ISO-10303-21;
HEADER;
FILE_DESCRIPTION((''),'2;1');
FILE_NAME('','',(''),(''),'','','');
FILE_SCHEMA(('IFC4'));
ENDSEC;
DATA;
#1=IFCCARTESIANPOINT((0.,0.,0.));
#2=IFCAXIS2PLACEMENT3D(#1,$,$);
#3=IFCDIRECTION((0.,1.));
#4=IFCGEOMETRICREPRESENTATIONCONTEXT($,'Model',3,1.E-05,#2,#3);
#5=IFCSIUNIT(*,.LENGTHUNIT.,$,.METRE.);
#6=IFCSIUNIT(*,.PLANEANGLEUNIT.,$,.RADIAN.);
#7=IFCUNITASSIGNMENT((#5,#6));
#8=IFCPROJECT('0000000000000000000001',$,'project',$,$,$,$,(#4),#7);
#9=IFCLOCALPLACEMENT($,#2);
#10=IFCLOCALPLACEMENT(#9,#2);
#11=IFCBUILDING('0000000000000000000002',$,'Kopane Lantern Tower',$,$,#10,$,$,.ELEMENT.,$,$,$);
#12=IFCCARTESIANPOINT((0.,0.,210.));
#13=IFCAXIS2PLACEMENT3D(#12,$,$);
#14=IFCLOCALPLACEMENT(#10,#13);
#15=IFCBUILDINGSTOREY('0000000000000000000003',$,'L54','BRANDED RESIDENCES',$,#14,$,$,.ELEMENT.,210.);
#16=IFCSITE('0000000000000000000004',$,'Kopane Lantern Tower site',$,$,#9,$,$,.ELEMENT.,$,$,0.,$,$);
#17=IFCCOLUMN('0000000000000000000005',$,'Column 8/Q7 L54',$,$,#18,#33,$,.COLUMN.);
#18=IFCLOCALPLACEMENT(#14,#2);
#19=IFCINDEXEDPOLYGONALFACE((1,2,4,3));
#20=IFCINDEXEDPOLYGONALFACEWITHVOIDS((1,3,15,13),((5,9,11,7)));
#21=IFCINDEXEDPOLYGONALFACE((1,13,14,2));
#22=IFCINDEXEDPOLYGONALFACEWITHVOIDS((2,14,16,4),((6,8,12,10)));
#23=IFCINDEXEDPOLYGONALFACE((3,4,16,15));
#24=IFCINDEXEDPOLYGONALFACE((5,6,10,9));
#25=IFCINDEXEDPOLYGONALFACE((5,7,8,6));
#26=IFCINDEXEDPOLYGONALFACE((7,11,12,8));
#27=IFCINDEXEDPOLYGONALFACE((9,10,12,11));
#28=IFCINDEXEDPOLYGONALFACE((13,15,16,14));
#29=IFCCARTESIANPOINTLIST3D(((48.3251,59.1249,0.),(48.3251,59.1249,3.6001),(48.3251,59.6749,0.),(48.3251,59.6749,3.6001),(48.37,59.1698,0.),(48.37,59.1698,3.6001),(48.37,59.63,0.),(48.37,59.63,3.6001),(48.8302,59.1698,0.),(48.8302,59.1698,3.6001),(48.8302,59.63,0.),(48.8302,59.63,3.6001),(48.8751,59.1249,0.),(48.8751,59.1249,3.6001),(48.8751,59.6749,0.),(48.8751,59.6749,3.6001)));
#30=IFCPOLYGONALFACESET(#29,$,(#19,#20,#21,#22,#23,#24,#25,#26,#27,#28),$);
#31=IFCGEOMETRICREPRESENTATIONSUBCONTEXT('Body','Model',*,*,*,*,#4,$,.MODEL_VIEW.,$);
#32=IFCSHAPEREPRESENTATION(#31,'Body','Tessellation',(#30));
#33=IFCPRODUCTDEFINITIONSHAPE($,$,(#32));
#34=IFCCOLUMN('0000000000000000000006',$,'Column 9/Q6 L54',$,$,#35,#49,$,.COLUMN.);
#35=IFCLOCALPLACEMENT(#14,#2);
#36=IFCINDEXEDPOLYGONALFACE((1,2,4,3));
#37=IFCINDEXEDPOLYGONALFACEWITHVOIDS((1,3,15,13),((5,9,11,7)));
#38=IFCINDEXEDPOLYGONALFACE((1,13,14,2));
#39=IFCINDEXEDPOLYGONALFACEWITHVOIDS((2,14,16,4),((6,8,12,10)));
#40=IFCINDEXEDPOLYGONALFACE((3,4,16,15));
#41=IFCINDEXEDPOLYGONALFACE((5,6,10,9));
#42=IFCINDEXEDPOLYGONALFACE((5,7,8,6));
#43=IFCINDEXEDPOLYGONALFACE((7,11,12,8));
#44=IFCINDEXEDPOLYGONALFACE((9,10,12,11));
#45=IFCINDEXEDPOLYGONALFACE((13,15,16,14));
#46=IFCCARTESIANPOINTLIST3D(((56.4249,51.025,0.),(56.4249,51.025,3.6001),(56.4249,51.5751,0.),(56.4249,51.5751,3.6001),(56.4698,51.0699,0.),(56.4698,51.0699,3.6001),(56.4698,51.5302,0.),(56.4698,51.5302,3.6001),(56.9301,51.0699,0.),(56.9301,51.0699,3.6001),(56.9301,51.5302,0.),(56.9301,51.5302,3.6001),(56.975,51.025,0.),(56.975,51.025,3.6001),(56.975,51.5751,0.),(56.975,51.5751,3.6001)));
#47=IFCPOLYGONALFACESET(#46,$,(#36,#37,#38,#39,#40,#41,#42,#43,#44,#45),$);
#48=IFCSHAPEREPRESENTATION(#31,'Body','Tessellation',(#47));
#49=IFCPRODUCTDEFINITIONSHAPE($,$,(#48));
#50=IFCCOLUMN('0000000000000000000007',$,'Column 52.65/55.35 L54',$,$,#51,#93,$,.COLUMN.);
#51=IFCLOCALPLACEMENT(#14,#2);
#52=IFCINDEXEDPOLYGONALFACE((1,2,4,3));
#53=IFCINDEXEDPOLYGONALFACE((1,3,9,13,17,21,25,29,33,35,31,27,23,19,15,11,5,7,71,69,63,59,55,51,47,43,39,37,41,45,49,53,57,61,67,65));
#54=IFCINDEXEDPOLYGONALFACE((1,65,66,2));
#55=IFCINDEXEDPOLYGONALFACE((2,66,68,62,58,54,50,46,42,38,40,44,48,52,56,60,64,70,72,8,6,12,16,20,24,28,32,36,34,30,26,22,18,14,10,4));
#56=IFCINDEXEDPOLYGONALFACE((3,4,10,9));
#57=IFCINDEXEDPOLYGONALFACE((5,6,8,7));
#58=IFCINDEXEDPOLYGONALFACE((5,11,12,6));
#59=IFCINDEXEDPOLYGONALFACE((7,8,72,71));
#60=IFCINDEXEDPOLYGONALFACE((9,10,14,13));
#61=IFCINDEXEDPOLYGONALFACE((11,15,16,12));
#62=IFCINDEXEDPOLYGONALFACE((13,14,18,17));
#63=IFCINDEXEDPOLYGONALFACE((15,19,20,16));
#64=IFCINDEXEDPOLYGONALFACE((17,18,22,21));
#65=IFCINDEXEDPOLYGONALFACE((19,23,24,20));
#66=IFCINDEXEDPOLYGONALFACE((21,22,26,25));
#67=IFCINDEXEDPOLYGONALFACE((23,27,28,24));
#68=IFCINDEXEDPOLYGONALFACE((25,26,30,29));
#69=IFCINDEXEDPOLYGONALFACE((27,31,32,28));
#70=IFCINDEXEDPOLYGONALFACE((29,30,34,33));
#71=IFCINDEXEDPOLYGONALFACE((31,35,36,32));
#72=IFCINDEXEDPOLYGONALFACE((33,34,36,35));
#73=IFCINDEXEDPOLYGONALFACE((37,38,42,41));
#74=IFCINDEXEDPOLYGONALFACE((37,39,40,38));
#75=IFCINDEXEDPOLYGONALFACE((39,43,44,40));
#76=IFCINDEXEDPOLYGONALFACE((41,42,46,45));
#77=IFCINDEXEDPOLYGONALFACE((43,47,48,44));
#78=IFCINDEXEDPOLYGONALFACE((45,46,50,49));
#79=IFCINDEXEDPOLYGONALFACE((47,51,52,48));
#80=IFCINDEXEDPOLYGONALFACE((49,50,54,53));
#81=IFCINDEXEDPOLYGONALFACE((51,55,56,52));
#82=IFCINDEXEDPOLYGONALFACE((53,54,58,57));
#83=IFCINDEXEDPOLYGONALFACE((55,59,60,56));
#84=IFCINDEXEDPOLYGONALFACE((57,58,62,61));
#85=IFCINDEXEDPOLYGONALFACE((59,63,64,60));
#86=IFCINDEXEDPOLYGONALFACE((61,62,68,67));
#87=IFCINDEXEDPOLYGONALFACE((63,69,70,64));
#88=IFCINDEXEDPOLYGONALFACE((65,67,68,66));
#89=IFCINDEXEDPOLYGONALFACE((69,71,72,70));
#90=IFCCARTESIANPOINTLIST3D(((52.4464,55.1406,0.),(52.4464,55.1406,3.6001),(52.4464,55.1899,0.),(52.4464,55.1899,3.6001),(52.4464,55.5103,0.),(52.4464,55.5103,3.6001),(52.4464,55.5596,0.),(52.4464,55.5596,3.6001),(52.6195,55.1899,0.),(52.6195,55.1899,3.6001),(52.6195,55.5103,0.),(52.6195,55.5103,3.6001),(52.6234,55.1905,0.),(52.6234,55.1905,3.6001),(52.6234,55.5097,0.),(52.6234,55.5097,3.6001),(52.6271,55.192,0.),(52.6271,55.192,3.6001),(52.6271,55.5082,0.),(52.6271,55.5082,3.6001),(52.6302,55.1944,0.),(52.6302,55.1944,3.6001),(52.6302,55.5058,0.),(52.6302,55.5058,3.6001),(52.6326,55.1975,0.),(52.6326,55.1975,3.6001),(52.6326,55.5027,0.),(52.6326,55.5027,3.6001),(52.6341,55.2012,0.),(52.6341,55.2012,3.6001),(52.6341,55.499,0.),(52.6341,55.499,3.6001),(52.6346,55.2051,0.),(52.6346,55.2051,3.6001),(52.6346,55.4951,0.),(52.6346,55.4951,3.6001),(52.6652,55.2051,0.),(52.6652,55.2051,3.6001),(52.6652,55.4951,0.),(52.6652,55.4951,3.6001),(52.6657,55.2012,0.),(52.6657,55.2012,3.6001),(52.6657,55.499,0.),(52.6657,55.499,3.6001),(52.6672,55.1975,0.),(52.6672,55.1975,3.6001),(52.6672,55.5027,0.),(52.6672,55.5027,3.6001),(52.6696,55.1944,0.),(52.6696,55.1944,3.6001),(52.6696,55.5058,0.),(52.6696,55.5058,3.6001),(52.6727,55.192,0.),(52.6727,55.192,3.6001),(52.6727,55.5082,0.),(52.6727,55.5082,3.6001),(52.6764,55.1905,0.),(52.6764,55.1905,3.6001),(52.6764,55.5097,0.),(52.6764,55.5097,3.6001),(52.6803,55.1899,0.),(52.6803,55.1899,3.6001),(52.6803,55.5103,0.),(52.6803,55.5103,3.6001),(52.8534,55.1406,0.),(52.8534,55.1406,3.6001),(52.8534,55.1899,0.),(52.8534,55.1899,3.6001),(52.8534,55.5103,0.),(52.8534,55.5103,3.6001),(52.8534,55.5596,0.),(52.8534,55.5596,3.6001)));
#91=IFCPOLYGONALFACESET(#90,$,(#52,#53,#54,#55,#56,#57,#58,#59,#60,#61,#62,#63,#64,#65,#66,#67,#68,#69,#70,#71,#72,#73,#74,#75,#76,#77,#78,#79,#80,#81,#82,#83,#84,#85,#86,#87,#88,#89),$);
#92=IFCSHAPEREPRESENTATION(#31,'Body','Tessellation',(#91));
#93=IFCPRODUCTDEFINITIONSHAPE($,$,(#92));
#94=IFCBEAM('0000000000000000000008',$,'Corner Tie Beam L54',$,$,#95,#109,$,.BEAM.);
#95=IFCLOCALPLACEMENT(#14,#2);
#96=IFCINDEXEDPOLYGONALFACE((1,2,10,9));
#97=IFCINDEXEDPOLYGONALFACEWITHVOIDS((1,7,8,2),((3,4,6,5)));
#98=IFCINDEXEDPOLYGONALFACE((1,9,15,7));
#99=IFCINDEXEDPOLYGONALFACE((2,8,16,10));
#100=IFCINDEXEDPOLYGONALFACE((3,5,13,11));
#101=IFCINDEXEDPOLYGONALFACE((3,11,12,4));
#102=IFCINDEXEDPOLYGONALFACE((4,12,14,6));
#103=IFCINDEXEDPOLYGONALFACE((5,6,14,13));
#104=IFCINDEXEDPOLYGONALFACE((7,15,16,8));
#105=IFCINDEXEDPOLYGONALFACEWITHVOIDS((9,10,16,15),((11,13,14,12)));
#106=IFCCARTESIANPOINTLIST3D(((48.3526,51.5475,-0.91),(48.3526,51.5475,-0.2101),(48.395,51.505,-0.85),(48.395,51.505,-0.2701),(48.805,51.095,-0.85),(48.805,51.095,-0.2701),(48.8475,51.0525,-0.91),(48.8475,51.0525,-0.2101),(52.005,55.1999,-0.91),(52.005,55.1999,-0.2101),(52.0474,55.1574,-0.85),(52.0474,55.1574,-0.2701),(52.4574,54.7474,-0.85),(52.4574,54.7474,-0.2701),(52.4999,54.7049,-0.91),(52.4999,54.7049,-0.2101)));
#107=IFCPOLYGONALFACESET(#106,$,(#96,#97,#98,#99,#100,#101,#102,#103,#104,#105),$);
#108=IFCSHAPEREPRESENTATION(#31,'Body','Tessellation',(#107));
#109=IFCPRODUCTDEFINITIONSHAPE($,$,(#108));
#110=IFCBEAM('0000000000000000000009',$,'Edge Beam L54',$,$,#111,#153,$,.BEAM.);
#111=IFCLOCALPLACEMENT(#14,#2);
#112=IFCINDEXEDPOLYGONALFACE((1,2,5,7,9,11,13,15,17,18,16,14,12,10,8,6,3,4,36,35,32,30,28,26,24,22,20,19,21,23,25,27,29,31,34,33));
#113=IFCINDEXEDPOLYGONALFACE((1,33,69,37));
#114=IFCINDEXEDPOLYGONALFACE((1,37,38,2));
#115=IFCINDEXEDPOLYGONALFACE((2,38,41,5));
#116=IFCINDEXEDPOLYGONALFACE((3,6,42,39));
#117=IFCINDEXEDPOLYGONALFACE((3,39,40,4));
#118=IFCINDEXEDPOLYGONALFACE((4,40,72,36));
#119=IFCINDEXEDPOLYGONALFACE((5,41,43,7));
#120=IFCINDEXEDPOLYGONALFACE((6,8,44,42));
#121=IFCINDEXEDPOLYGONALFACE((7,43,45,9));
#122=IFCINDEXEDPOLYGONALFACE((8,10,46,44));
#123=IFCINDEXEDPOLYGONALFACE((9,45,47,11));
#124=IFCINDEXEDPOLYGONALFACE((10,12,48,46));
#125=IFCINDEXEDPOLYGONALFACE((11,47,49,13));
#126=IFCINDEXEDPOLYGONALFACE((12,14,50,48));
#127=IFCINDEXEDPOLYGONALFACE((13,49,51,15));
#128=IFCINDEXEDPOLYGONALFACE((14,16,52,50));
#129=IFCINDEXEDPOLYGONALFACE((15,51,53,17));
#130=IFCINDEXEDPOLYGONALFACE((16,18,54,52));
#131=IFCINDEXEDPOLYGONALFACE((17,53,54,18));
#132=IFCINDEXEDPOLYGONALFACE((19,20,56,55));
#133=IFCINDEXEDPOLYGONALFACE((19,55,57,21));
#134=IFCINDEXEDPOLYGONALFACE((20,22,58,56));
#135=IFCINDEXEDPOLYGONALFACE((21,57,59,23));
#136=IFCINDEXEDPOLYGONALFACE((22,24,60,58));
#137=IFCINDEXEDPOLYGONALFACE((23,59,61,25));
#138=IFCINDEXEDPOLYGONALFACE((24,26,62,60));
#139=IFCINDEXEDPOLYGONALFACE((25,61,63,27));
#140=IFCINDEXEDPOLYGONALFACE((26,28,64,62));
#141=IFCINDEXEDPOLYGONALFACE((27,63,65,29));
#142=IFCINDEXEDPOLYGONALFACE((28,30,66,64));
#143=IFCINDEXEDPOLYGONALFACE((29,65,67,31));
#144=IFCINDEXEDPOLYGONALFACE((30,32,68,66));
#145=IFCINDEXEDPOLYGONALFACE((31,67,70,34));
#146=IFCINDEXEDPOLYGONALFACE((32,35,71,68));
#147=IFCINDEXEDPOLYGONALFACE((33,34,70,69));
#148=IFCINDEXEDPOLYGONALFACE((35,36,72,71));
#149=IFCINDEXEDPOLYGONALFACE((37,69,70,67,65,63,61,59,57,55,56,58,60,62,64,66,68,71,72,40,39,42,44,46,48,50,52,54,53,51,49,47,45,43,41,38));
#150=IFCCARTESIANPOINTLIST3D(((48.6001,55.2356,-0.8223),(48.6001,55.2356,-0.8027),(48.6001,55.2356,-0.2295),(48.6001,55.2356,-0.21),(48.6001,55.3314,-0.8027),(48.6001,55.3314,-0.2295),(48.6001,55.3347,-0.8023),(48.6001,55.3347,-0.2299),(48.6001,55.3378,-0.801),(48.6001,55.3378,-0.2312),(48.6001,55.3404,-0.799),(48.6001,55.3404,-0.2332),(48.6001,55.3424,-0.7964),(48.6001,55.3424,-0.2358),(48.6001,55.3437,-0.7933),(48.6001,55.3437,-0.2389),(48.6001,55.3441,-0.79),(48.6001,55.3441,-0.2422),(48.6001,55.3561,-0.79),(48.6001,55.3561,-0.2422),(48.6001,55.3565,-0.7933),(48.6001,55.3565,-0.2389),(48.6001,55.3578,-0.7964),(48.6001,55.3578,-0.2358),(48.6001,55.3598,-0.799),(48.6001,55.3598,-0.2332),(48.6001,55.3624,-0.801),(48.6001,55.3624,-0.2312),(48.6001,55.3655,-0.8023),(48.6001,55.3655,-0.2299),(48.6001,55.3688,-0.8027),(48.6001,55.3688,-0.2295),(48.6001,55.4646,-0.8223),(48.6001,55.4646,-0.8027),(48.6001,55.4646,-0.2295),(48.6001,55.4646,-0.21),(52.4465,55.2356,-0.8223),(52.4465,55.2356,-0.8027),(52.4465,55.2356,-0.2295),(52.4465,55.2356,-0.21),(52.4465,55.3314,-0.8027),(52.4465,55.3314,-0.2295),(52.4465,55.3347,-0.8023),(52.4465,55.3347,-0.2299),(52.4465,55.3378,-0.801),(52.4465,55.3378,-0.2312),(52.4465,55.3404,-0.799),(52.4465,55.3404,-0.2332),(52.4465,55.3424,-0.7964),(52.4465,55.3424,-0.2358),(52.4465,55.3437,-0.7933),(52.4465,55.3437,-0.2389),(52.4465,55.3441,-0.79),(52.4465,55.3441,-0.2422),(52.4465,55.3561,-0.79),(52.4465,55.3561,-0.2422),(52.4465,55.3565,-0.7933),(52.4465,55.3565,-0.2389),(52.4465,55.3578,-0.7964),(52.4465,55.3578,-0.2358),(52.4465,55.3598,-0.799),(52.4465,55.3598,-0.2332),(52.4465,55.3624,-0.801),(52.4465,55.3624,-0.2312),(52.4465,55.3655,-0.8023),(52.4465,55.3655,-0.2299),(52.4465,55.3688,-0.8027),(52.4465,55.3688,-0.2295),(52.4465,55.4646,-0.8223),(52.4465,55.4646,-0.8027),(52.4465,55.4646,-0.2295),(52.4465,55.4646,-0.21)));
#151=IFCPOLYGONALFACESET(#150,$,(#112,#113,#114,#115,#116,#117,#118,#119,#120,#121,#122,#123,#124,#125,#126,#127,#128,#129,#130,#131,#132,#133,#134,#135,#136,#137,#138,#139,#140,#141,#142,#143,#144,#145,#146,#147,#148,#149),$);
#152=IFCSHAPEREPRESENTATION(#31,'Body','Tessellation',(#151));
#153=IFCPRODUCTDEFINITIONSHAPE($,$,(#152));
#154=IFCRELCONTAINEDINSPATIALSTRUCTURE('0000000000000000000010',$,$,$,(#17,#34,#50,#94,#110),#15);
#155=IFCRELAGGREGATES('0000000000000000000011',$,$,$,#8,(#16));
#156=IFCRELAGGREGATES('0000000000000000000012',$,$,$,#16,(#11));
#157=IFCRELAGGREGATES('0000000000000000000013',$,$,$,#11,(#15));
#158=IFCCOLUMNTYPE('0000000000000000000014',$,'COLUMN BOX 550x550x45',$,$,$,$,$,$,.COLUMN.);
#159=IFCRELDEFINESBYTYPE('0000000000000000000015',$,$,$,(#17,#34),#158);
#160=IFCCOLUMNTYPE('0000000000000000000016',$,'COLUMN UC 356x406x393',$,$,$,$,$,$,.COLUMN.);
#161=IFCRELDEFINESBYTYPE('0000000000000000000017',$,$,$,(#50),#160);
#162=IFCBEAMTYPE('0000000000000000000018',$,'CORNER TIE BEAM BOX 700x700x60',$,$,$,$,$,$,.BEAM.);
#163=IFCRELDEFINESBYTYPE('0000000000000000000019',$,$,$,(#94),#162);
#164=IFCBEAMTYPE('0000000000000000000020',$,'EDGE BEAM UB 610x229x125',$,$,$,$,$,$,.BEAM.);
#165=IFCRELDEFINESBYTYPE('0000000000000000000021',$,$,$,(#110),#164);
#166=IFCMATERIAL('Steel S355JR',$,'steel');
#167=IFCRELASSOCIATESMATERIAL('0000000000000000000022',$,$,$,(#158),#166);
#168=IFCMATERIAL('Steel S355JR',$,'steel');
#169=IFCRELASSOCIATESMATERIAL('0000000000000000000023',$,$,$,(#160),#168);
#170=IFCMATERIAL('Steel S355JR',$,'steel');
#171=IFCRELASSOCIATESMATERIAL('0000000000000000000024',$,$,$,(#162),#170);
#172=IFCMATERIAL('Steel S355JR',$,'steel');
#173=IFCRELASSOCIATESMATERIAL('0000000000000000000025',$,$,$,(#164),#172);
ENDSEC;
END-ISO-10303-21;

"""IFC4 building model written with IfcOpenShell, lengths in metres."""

from ifc_helpers import new_model, si_unit, direction, frame, origin, origin_2d, place, context, subcontext, project, spatial, hollow_rectangle, i_section, extrude, material, material_profile, profile_set, type_object, element, save


model = new_model("IFC4")

# Units and contexts
model_context = context("Model", 3, precision=1e-05, world=origin(), true_north=direction((0.0, 1.0)))
body_context = subcontext(model_context, "Body", "Model", "MODEL_VIEW")
ifc_project = project(units=[si_unit("LENGTHUNIT", "METRE"), si_unit("PLANEANGLEUNIT", "RADIAN")], contexts=[model_context])

# Site, building, storey
site_placement = place(None, origin())
site = spatial("IfcSite", under=ifc_project, at=site_placement, Name="Kopane Lantern Tower site", CompositionType="ELEMENT", RefElevation=0.0)
building_placement = place(site_placement, origin())
building = spatial("IfcBuilding", under=site, at=building_placement, Name="Kopane Lantern Tower", CompositionType="ELEMENT")
storey_placement = place(building_placement, frame((0.0, 0.0, 210.0)))
storey = spatial("IfcBuildingStorey", under=building, at=storey_placement, Name="L54", Description="BRANDED RESIDENCES", CompositionType="ELEMENT", Elevation=210.0)

# Columns
ifc_material_1 = material(Name="Steel S355JR", Category="steel")
ifc_material_profile_1 = material_profile(ifc_material_1, hollow_rectangle(XDim=0.55, YDim=0.55, WallThickness=0.0449, at=origin_2d()), Name="BOX 550x550x45")
ifc_profile_set_1 = profile_set([ifc_material_profile_1], Name="Steel S355JR")
column_type_1 = type_object("IfcColumnType", Name="COLUMN BOX 550x550x45", PredefinedType="COLUMN", material=ifc_profile_set_1)
for number, where, z_axis, x_axis, name in (
    (1, (48.6001, 59.3999, 0.0), (0.0, 0.0, 1.0), (1.0, 0.0, 0.0), "Column 8/Q7 L54"),
    (2, (56.7, 51.3, 0.0), (0.0, 0.0, 1.0), (1.0, 0.0, 0.0), "Column 9/Q6 L54"),
):
    element("IfcColumn", number, at=place(storey_placement, frame(where, z_axis=z_axis, x_axis=x_axis)), inside=storey, type_object=column_type_1, Name=name, PredefinedType="COLUMN", context=body_context, shape_type="SweptSolid", body=[
        extrude(hollow_rectangle(XDim=0.55, YDim=0.55, WallThickness=0.0449, at=origin_2d()), origin(), (0.0, 0.0, 1.0), 3.6001),
    ])
ifc_material_2 = material(Name="Steel S355JR", Category="steel")
ifc_material_profile_2 = material_profile(ifc_material_2, i_section(OverallWidth=0.407, OverallDepth=0.4189, WebThickness=0.0305, FlangeThickness=0.0493, FilletRadius=0.0151, at=origin_2d()), Name="UC 356x406x393")
ifc_profile_set_2 = profile_set([ifc_material_profile_2], Name="Steel S355JR")
column_type_2 = type_object("IfcColumnType", Name="COLUMN UC 356x406x393", PredefinedType="COLUMN", material=ifc_profile_set_2)
column_placement = place(storey_placement, frame((52.6499, 55.3501, 0.0), z_axis=(0.0, 0.0, 1.0), x_axis=(1.0, 0.0, 0.0)))
element("IfcColumn", 3, at=column_placement, inside=storey, type_object=column_type_2, Name="Column 52.65/55.35 L54", PredefinedType="COLUMN", context=body_context, shape_type="SweptSolid", body=[
    extrude(i_section(OverallWidth=0.407, OverallDepth=0.4189, WebThickness=0.0305, FlangeThickness=0.0493, FilletRadius=0.0151, at=origin_2d()), origin(), (0.0, 0.0, 1.0), 3.6001),
])

# Beams
ifc_material_3 = material(Name="Steel S355JR", Category="steel")
ifc_material_profile_3 = material_profile(ifc_material_3, hollow_rectangle(XDim=0.7, YDim=0.7, WallThickness=0.0601, at=origin_2d()), Name="BOX 700x700x60")
ifc_profile_set_3 = profile_set([ifc_material_profile_3], Name="Steel S355JR")
beam_type_1 = type_object("IfcBeamType", Name="CORNER TIE BEAM BOX 700x700x60", PredefinedType="BEAM", material=ifc_profile_set_3)
beam_placement = place(storey_placement, frame((52.2524, 54.9524, -0.5601), z_axis=(-0.707107, -0.707107, 0.0), x_axis=(0.707107, -0.707107, 0.0)))
element("IfcBeam", 4, at=beam_placement, inside=storey, type_object=beam_type_1, Name="Corner Tie Beam L54", PredefinedType="BEAM", context=body_context, shape_type="SweptSolid", body=[
    extrude(hollow_rectangle(XDim=0.7, YDim=0.7, WallThickness=0.0601, at=origin_2d()), origin(), (0.0, 0.0, 1.0), 5.1653),
])
ifc_material_4 = material(Name="Steel S355JR", Category="steel")
ifc_material_profile_4 = material_profile(ifc_material_4, i_section(OverallWidth=0.229, OverallDepth=0.6123, WebThickness=0.012, FlangeThickness=0.0195, FilletRadius=0.0127, at=origin_2d()), Name="UB 610x229x125")
ifc_profile_set_4 = profile_set([ifc_material_profile_4], Name="Steel S355JR")
beam_type_2 = type_object("IfcBeamType", Name="EDGE BEAM UB 610x229x125", PredefinedType="BEAM", material=ifc_profile_set_4)
for number, where, z_axis, x_axis, name in (
    (5, (52.4465, 55.3501, -0.5161), (-1.0, 0.0, 0.0), (0.0, -1.0, 0.0), "Edge Beam L54"),
):
    element("IfcBeam", number, at=place(storey_placement, frame(where, z_axis=z_axis, x_axis=x_axis)), inside=storey, type_object=beam_type_2, Name=name, PredefinedType="BEAM", context=body_context, shape_type="SweptSolid", body=[
        extrude(i_section(OverallWidth=0.229, OverallDepth=0.6123, WebThickness=0.012, FlangeThickness=0.0195, FilletRadius=0.0127, at=origin_2d()), origin(), (0.0, 0.0, 1.0), 3.8464),
    ])

save(model, "model.ifc")
